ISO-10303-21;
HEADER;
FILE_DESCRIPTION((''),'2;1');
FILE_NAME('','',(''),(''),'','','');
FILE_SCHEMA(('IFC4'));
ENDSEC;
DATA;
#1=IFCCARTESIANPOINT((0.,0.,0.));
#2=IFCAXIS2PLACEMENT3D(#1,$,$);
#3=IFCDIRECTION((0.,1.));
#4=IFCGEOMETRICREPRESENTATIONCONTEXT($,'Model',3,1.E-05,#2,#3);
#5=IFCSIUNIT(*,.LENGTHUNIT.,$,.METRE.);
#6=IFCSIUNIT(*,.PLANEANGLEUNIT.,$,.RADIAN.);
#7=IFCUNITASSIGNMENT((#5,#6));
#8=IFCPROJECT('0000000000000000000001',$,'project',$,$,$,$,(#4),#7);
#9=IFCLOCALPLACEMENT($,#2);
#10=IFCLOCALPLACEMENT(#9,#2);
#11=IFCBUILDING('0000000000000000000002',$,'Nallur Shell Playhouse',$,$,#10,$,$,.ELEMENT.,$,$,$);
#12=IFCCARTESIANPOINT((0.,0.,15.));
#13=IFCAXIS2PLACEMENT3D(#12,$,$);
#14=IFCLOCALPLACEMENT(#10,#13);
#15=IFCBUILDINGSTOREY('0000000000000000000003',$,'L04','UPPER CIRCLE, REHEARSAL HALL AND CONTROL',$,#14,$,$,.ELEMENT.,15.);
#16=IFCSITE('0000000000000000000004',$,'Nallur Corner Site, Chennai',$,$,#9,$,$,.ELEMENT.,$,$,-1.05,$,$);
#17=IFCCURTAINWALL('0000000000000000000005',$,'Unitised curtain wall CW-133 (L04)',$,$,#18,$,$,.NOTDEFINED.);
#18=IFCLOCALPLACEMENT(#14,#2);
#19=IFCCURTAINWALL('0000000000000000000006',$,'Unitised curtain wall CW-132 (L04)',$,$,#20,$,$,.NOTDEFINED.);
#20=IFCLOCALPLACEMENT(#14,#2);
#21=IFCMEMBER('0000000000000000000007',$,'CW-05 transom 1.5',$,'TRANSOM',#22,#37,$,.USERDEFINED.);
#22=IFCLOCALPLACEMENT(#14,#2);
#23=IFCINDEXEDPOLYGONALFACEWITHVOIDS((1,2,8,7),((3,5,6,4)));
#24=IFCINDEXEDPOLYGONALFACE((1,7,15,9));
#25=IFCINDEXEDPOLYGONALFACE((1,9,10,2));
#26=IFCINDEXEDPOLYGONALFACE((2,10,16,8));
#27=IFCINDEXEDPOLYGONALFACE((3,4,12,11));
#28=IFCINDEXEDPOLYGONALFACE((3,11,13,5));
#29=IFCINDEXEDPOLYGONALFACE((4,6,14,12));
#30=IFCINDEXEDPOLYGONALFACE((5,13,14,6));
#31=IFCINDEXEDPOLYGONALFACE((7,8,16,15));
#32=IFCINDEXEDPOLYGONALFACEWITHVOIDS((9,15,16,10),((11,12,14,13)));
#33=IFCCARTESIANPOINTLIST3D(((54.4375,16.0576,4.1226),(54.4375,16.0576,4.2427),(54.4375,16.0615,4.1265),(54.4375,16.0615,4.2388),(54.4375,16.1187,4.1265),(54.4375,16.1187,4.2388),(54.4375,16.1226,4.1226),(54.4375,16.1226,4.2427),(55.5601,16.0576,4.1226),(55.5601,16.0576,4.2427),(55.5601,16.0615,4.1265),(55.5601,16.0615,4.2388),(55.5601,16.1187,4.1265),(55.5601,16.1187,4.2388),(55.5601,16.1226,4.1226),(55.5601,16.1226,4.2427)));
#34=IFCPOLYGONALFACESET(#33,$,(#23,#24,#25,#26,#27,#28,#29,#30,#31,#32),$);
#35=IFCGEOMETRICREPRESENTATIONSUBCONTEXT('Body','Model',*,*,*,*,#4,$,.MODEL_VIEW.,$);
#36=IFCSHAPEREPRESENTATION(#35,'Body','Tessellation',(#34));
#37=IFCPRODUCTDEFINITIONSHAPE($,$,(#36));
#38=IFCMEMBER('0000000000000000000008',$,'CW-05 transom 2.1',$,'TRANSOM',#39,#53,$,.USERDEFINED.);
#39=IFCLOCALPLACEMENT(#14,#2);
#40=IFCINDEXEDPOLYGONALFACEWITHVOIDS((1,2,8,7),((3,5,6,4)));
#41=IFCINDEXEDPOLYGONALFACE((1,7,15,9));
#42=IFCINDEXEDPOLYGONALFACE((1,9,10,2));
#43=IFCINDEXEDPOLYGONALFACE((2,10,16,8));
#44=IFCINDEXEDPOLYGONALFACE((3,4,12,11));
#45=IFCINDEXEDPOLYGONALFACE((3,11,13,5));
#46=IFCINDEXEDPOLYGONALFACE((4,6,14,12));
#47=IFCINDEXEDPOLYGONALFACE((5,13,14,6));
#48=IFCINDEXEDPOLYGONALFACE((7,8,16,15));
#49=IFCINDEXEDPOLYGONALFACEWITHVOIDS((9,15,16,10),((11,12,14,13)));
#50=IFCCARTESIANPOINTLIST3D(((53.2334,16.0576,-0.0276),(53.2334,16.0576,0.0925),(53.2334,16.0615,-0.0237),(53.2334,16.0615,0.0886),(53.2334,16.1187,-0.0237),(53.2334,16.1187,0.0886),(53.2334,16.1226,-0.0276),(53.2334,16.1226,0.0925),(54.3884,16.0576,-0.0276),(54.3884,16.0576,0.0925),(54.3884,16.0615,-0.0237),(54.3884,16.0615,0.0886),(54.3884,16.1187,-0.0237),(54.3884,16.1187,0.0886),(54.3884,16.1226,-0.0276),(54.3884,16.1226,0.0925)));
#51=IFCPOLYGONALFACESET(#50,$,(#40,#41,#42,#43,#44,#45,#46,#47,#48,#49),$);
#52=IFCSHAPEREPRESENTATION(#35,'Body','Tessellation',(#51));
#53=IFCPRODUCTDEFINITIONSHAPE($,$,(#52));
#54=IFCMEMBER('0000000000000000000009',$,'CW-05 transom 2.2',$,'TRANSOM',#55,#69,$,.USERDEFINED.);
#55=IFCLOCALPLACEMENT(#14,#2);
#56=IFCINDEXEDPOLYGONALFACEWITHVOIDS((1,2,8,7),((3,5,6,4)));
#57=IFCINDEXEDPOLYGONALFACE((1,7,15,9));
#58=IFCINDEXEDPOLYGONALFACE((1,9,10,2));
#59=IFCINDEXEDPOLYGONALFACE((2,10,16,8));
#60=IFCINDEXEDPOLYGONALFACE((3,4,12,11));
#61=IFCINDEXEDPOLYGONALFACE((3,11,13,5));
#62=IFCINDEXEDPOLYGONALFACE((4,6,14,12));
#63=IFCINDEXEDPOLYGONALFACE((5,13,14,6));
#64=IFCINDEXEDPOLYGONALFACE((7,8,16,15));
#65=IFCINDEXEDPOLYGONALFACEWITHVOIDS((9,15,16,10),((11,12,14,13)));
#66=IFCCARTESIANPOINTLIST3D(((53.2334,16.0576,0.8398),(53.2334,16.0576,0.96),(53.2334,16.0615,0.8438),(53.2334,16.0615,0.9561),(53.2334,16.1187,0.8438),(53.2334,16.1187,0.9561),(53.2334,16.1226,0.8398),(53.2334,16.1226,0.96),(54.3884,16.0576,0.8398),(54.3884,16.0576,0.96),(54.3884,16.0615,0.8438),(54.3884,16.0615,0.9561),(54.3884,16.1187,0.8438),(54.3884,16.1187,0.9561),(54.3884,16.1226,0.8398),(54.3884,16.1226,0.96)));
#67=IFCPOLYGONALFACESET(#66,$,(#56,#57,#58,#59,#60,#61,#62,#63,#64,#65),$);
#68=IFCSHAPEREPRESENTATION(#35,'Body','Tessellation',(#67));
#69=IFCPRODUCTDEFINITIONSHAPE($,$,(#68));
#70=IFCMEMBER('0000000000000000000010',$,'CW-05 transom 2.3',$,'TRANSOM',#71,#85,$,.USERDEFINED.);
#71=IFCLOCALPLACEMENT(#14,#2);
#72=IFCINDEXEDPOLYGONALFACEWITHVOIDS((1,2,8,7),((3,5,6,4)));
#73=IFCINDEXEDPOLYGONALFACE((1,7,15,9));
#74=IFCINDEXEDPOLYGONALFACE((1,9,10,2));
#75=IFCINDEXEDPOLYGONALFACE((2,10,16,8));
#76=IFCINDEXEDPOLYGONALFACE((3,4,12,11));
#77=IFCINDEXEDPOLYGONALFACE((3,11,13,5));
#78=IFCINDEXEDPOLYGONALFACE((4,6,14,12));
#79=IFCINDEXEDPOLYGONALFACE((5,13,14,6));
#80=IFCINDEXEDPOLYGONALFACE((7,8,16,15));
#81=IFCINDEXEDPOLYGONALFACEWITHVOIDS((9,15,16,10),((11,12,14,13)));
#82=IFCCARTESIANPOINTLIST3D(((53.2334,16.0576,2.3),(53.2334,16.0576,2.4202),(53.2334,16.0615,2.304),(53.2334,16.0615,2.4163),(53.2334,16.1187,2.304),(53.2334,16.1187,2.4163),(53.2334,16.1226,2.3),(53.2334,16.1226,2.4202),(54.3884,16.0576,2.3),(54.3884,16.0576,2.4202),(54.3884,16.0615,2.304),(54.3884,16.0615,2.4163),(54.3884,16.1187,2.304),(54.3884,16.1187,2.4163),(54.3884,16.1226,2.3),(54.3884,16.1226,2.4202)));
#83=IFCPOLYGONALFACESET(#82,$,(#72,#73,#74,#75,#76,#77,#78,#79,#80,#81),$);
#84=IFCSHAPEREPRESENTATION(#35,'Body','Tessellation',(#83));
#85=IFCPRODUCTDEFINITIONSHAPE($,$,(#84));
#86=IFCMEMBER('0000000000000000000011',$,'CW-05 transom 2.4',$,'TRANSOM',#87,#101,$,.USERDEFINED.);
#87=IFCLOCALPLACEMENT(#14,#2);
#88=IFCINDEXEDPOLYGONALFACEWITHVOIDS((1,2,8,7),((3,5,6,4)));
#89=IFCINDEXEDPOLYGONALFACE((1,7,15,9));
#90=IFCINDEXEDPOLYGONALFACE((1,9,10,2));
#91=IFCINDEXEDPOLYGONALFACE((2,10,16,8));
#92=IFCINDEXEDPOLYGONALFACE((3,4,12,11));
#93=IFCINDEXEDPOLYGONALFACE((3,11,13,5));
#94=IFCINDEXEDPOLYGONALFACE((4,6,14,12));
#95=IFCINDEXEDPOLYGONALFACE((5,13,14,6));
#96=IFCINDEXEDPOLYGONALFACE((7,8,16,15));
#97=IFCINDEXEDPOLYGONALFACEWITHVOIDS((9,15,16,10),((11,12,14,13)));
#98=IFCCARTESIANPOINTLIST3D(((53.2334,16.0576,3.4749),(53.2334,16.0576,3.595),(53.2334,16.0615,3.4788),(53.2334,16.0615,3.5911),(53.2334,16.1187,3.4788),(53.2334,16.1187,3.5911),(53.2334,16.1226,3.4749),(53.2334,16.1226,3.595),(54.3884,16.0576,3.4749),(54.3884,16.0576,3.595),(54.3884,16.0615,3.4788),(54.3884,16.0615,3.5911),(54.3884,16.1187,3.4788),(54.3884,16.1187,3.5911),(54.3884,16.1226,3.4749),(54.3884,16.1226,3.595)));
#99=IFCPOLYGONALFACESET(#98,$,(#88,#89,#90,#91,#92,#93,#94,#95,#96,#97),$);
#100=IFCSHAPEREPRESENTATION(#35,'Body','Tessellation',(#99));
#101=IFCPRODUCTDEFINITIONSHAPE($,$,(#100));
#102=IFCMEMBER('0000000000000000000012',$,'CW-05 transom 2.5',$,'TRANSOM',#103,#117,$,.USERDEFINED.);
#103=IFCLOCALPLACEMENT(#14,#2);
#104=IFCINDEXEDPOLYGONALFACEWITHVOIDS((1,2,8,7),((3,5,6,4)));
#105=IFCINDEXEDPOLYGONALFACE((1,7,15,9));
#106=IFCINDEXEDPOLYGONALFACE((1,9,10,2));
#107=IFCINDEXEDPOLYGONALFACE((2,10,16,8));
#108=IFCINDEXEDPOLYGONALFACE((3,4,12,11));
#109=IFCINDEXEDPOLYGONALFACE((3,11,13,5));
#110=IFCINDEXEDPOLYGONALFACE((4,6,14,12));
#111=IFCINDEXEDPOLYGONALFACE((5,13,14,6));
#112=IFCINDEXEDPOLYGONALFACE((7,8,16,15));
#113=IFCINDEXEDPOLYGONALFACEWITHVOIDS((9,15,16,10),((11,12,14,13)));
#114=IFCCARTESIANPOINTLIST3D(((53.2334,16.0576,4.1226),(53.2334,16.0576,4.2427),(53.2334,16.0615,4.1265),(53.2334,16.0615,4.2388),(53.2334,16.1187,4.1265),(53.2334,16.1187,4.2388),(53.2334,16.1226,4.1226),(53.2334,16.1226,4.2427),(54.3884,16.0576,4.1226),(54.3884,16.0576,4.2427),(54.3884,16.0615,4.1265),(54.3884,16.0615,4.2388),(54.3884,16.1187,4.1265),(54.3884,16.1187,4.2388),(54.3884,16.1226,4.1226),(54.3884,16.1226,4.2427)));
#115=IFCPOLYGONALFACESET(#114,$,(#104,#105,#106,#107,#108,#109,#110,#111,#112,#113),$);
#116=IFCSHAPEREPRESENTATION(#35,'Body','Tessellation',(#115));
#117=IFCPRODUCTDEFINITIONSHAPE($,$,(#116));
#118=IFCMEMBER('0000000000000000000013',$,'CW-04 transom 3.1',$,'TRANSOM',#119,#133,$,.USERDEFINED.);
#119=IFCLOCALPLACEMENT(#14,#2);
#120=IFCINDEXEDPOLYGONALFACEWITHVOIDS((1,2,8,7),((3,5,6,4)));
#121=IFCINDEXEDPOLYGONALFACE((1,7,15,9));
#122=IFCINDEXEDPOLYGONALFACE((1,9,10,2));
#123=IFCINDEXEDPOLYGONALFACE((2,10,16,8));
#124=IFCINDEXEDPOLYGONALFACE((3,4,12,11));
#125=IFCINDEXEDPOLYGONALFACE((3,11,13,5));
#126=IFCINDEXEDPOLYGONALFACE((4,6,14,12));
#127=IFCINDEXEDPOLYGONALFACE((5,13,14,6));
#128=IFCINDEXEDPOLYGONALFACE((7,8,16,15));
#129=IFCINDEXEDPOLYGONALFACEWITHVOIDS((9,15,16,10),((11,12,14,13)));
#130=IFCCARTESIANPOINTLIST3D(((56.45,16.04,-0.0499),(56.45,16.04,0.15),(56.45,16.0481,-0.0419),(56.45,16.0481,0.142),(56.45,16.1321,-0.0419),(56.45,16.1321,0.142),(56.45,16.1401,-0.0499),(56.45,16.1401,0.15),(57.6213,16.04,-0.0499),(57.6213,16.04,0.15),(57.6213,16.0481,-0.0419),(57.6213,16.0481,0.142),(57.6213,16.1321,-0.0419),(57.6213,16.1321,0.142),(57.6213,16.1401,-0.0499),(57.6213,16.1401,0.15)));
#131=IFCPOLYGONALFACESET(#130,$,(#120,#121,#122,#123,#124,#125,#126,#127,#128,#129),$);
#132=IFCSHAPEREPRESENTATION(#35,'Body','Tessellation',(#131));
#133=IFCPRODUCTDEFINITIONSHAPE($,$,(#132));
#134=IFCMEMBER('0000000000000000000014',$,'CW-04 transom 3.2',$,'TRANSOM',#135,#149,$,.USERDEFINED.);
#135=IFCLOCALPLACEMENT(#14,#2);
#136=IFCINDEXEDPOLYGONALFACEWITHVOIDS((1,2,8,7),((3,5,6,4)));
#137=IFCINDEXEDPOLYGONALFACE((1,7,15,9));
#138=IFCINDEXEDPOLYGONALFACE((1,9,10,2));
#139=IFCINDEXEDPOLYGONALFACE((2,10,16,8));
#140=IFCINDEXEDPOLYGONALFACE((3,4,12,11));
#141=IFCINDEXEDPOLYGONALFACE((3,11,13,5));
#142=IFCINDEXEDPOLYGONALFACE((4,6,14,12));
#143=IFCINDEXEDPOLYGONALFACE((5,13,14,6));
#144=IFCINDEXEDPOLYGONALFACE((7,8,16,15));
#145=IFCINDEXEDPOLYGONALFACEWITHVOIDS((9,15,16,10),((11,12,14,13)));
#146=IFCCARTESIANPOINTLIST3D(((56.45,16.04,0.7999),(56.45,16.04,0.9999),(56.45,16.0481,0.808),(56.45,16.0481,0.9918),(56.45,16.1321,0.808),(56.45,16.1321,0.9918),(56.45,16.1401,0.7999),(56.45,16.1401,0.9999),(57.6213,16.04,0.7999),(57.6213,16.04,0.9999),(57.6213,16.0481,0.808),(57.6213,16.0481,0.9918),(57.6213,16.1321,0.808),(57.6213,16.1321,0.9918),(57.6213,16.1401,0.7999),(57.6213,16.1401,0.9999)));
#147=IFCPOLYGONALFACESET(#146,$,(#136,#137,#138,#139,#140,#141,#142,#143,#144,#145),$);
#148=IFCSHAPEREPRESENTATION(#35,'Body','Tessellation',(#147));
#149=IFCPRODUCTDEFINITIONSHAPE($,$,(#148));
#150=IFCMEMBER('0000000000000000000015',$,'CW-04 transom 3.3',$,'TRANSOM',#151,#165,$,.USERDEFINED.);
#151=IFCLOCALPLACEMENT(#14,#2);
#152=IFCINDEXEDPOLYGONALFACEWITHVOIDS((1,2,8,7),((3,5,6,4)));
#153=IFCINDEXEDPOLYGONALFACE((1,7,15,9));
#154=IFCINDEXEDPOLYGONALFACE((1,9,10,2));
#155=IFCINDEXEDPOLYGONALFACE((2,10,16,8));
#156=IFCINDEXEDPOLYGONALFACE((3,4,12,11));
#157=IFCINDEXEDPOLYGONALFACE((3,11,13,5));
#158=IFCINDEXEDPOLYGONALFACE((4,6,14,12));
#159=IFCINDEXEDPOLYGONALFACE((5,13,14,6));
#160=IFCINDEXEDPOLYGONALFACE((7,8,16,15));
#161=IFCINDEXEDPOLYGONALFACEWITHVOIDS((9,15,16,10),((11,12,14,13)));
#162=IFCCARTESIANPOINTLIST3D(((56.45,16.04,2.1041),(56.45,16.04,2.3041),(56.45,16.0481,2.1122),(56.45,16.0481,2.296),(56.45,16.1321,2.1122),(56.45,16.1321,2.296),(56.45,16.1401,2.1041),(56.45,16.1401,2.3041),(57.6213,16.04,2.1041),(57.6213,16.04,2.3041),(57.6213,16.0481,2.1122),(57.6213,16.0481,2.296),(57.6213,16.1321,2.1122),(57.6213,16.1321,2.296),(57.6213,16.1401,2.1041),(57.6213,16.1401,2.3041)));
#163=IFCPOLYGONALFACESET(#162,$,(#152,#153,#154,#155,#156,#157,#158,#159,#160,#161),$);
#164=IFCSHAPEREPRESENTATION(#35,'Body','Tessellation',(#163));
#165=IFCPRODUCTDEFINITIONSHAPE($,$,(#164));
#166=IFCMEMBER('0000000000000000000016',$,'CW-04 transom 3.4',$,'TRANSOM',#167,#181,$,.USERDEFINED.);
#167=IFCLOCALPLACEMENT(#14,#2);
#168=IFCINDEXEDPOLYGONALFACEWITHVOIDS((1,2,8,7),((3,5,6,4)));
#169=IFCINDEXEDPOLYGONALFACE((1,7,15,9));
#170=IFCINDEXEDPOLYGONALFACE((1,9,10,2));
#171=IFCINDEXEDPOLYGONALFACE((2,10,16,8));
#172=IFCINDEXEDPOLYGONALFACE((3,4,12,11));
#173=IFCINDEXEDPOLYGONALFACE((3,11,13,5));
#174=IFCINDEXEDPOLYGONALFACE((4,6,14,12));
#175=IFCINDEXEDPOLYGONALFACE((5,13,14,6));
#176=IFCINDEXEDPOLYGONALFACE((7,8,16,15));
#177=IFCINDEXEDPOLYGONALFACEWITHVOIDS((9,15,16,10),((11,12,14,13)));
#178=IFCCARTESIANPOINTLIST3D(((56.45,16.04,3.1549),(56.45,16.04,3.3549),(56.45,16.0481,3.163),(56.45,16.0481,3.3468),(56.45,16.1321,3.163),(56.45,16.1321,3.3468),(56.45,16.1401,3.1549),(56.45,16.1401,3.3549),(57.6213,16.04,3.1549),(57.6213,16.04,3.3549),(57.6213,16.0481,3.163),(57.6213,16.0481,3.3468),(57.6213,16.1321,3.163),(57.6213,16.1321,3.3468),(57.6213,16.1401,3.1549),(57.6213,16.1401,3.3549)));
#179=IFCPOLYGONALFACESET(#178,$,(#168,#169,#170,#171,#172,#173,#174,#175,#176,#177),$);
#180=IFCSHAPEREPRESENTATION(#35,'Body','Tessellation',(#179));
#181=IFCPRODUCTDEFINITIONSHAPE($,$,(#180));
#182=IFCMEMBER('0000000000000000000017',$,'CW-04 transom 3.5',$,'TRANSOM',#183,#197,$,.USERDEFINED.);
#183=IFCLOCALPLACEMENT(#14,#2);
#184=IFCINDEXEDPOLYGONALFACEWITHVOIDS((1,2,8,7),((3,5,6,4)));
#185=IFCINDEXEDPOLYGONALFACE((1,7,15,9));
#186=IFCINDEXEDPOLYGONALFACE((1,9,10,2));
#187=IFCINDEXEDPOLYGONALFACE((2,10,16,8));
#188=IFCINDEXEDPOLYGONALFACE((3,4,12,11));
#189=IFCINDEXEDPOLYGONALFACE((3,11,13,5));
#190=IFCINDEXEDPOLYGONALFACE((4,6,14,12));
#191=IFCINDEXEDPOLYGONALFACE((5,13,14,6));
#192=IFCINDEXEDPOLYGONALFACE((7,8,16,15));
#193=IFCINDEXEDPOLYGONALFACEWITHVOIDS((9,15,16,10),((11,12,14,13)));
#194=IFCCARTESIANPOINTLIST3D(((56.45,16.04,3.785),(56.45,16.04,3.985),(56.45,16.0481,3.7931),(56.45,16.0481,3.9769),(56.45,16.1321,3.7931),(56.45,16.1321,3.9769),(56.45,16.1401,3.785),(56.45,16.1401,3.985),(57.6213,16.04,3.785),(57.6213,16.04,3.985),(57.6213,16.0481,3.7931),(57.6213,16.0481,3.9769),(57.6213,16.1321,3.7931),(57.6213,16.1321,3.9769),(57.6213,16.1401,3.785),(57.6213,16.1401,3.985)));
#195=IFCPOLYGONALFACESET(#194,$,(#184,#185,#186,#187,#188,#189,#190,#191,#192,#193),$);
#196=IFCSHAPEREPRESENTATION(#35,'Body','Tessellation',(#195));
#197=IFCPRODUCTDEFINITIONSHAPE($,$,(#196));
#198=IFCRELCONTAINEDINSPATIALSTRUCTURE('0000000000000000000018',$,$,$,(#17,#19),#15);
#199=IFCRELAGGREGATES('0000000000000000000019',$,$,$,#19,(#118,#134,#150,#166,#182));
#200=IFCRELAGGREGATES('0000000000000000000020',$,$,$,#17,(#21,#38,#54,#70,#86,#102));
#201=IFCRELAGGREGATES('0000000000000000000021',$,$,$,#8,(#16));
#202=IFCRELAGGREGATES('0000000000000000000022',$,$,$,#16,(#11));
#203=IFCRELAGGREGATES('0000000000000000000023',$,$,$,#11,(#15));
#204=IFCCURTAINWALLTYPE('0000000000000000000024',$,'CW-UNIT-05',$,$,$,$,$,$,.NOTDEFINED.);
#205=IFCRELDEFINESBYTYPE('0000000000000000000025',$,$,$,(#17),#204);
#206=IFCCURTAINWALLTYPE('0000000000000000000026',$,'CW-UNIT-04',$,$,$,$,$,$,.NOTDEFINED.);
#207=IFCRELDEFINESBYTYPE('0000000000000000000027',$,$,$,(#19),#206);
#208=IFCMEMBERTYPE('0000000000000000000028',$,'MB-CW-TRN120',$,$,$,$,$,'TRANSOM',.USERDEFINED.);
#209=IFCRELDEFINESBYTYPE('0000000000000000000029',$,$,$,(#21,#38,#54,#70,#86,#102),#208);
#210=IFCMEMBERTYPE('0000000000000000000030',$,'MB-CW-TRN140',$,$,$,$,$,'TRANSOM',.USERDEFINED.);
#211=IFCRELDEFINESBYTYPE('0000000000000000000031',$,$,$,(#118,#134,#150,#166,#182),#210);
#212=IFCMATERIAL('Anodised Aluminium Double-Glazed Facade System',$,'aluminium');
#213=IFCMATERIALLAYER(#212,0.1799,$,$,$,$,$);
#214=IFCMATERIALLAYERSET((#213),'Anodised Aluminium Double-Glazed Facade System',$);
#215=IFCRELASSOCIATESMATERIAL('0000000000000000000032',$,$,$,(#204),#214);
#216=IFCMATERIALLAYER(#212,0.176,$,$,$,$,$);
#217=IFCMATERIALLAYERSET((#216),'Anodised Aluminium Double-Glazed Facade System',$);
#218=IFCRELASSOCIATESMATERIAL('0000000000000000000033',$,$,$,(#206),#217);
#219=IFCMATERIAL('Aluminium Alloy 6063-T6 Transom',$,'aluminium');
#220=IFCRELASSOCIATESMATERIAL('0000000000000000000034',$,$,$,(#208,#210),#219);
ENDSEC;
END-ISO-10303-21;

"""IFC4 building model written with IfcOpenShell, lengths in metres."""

from ifc_helpers import new_model, si_unit, direction, frame, origin, origin_2d, place, context, subcontext, project, spatial, hollow_rectangle, extrude, material, layer, layer_set, material_profile, profile_set, type_object, element, aggregate, save


model = new_model("IFC4")

# Units and contexts
model_context = context("Model", 3, precision=1e-05, world=origin(), true_north=direction((0.0, 1.0)))
body_context = subcontext(model_context, "Body", "Model", "MODEL_VIEW")
ifc_project = project(units=[si_unit("LENGTHUNIT", "METRE"), si_unit("PLANEANGLEUNIT", "RADIAN")], contexts=[model_context])

# Site, building, storey
site_placement = place(None, origin())
site = spatial("IfcSite", under=ifc_project, at=site_placement, Name="Nallur Corner Site, Chennai", CompositionType="ELEMENT", RefElevation=-1.05)
building_placement = place(site_placement, origin())
building = spatial("IfcBuilding", under=site, at=building_placement, Name="Nallur Shell Playhouse", CompositionType="ELEMENT")
storey_placement = place(building_placement, frame((0.0, 0.0, 15.0)))
storey = spatial("IfcBuildingStorey", under=building, at=storey_placement, Name="L04", Description="UPPER CIRCLE, REHEARSAL HALL AND CONTROL", CompositionType="ELEMENT", Elevation=15.0)

# Curtain walls
ifc_material_1 = material(Name="Anodised Aluminium Double-Glazed Facade System", Category="aluminium")
ifc_layer_1 = layer(ifc_material_1, 0.1799)
ifc_layer_set_1 = layer_set([ifc_layer_1], Name="Anodised Aluminium Double-Glazed Facade System")
curtain_wall_type_1 = type_object("IfcCurtainWallType", Name="CW-UNIT-05", PredefinedType="NOTDEFINED", material=ifc_layer_set_1)
curtain_wall_1_placement = place(storey_placement, origin())
curtain_wall_1 = element("IfcCurtainWall", 1, at=curtain_wall_1_placement, inside=storey, type_object=curtain_wall_type_1, Name="Unitised curtain wall CW-133 (L04)", PredefinedType="NOTDEFINED")
ifc_layer_2 = layer(ifc_material_1, 0.176)
ifc_layer_set_2 = layer_set([ifc_layer_2], Name="Anodised Aluminium Double-Glazed Facade System")
curtain_wall_type_2 = type_object("IfcCurtainWallType", Name="CW-UNIT-04", PredefinedType="NOTDEFINED", material=ifc_layer_set_2)
curtain_wall_2_placement = place(storey_placement, origin())
curtain_wall_2 = element("IfcCurtainWall", 2, at=curtain_wall_2_placement, inside=storey, type_object=curtain_wall_type_2, Name="Unitised curtain wall CW-132 (L04)", PredefinedType="NOTDEFINED")

# Members
ifc_material_2 = material(Name="Aluminium Alloy 6063-T6 Transom", Category="aluminium")
ifc_material_profile_1 = material_profile(ifc_material_2, hollow_rectangle(XDim=0.0649, YDim=0.1201, WallThickness=0.0039, at=origin_2d()), Name="ALU 65x120x4")
ifc_profile_set_1 = profile_set([ifc_material_profile_1], Name="Aluminium Alloy 6063-T6 Transom")
member_type_1 = type_object("IfcMemberType", Name="MB-CW-TRN120", ElementType="TRANSOM", PredefinedType="USERDEFINED", material=ifc_profile_set_1)
member_1_placement = place(storey_placement, frame((55.5601, 16.0901, 4.1826), z_axis=(-1.0, 0.0, 0.0), x_axis=(0.0, -1.0, 0.0)))
member_1 = element("IfcMember", 3, at=member_1_placement, type_object=member_type_1, Name="CW-05 transom 1.5", ObjectType="TRANSOM", PredefinedType="USERDEFINED", context=body_context, shape_type="SweptSolid", body=[
    extrude(hollow_rectangle(XDim=0.0649, YDim=0.1201, WallThickness=0.0039, at=origin_2d()), origin(), (0.0, 0.0, 1.0), 1.1226),
])
member_2_placement = place(storey_placement, frame((54.3884, 16.0901, 0.0325), z_axis=(-1.0, 0.0, 0.0), x_axis=(0.0, -1.0, 0.0)))
member_2 = element("IfcMember", 4, at=member_2_placement, type_object=member_type_1, Name="CW-05 transom 2.1", ObjectType="TRANSOM", PredefinedType="USERDEFINED", context=body_context, shape_type="SweptSolid", body=[
    extrude(hollow_rectangle(XDim=0.0649, YDim=0.1201, WallThickness=0.0039, at=origin_2d()), origin(), (0.0, 0.0, 1.0), 1.155),
])
member_3_placement = place(storey_placement, frame((54.3884, 16.0901, 0.8999), z_axis=(-1.0, 0.0, 0.0), x_axis=(0.0, -1.0, 0.0)))
member_3 = element("IfcMember", 5, at=member_3_placement, type_object=member_type_1, Name="CW-05 transom 2.2", ObjectType="TRANSOM", PredefinedType="USERDEFINED", context=body_context, shape_type="SweptSolid", body=[
    extrude(hollow_rectangle(XDim=0.0649, YDim=0.1201, WallThickness=0.0039, at=origin_2d()), origin(), (0.0, 0.0, 1.0), 1.155),
])
member_4_placement = place(storey_placement, frame((54.3884, 16.0901, 2.3601), z_axis=(-1.0, 0.0, 0.0), x_axis=(0.0, -1.0, 0.0)))
member_4 = element("IfcMember", 6, at=member_4_placement, type_object=member_type_1, Name="CW-05 transom 2.3", ObjectType="TRANSOM", PredefinedType="USERDEFINED", context=body_context, shape_type="SweptSolid", body=[
    extrude(hollow_rectangle(XDim=0.0649, YDim=0.1201, WallThickness=0.0039, at=origin_2d()), origin(), (0.0, 0.0, 1.0), 1.155),
])
member_5_placement = place(storey_placement, frame((54.3884, 16.0901, 3.5349), z_axis=(-1.0, 0.0, 0.0), x_axis=(0.0, -1.0, 0.0)))
member_5 = element("IfcMember", 7, at=member_5_placement, type_object=member_type_1, Name="CW-05 transom 2.4", ObjectType="TRANSOM", PredefinedType="USERDEFINED", context=body_context, shape_type="SweptSolid", body=[
    extrude(hollow_rectangle(XDim=0.0649, YDim=0.1201, WallThickness=0.0039, at=origin_2d()), origin(), (0.0, 0.0, 1.0), 1.155),
])
member_6_placement = place(storey_placement, frame((54.3884, 16.0901, 4.1826), z_axis=(-1.0, 0.0, 0.0), x_axis=(0.0, -1.0, 0.0)))
member_6 = element("IfcMember", 8, at=member_6_placement, type_object=member_type_1, Name="CW-05 transom 2.5", ObjectType="TRANSOM", PredefinedType="USERDEFINED", context=body_context, shape_type="SweptSolid", body=[
    extrude(hollow_rectangle(XDim=0.0649, YDim=0.1201, WallThickness=0.0039, at=origin_2d()), origin(), (0.0, 0.0, 1.0), 1.155),
])
ifc_material_profile_2 = material_profile(ifc_material_2, hollow_rectangle(XDim=0.1001, YDim=0.2, WallThickness=0.0081, at=origin_2d()), Name="RHS 200x100x8")
ifc_profile_set_2 = profile_set([ifc_material_profile_2], Name="Aluminium Alloy 6063-T6 Transom")
member_type_2 = type_object("IfcMemberType", Name="MB-CW-TRN140", ElementType="TRANSOM", PredefinedType="USERDEFINED", material=ifc_profile_set_2)
member_7_placement = place(storey_placement, frame((57.6213, 16.0901, 0.05), z_axis=(-1.0, 0.0, 0.0), x_axis=(0.0, -1.0, 0.0)))
member_7 = element("IfcMember", 9, at=member_7_placement, type_object=member_type_2, Name="CW-04 transom 3.1", ObjectType="TRANSOM", PredefinedType="USERDEFINED", context=body_context, shape_type="SweptSolid", body=[
    extrude(hollow_rectangle(XDim=0.1001, YDim=0.2, WallThickness=0.0081, at=origin_2d()), origin(), (0.0, 0.0, 1.0), 1.1714),
])
member_8_placement = place(storey_placement, frame((57.6213, 16.0901, 0.8999), z_axis=(-1.0, 0.0, 0.0), x_axis=(0.0, -1.0, 0.0)))
member_8 = element("IfcMember", 10, at=member_8_placement, type_object=member_type_2, Name="CW-04 transom 3.2", ObjectType="TRANSOM", PredefinedType="USERDEFINED", context=body_context, shape_type="SweptSolid", body=[
    extrude(hollow_rectangle(XDim=0.1001, YDim=0.2, WallThickness=0.0081, at=origin_2d()), origin(), (0.0, 0.0, 1.0), 1.1714),
])
member_9_placement = place(storey_placement, frame((57.6213, 16.0901, 2.2041), z_axis=(-1.0, 0.0, 0.0), x_axis=(0.0, -1.0, 0.0)))
member_9 = element("IfcMember", 11, at=member_9_placement, type_object=member_type_2, Name="CW-04 transom 3.3", ObjectType="TRANSOM", PredefinedType="USERDEFINED", context=body_context, shape_type="SweptSolid", body=[
    extrude(hollow_rectangle(XDim=0.1001, YDim=0.2, WallThickness=0.0081, at=origin_2d()), origin(), (0.0, 0.0, 1.0), 1.1714),
])
member_10_placement = place(storey_placement, frame((57.6213, 16.0901, 3.2549), z_axis=(-1.0, 0.0, 0.0), x_axis=(0.0, -1.0, 0.0)))
member_10 = element("IfcMember", 12, at=member_10_placement, type_object=member_type_2, Name="CW-04 transom 3.4", ObjectType="TRANSOM", PredefinedType="USERDEFINED", context=body_context, shape_type="SweptSolid", body=[
    extrude(hollow_rectangle(XDim=0.1001, YDim=0.2, WallThickness=0.0081, at=origin_2d()), origin(), (0.0, 0.0, 1.0), 1.1714),
])
member_11_placement = place(storey_placement, frame((57.6213, 16.0901, 3.885), z_axis=(-1.0, 0.0, 0.0), x_axis=(0.0, -1.0, 0.0)))
member_11 = element("IfcMember", 13, at=member_11_placement, type_object=member_type_2, Name="CW-04 transom 3.5", ObjectType="TRANSOM", PredefinedType="USERDEFINED", context=body_context, shape_type="SweptSolid", body=[
    extrude(hollow_rectangle(XDim=0.1001, YDim=0.2, WallThickness=0.0081, at=origin_2d()), origin(), (0.0, 0.0, 1.0), 1.1714),
])

aggregate(curtain_wall_2, [member_7, member_8, member_9, member_10, member_11])
aggregate(curtain_wall_1, [member_1, member_2, member_3, member_4, member_5, member_6])

save(model, "model.ifc")
